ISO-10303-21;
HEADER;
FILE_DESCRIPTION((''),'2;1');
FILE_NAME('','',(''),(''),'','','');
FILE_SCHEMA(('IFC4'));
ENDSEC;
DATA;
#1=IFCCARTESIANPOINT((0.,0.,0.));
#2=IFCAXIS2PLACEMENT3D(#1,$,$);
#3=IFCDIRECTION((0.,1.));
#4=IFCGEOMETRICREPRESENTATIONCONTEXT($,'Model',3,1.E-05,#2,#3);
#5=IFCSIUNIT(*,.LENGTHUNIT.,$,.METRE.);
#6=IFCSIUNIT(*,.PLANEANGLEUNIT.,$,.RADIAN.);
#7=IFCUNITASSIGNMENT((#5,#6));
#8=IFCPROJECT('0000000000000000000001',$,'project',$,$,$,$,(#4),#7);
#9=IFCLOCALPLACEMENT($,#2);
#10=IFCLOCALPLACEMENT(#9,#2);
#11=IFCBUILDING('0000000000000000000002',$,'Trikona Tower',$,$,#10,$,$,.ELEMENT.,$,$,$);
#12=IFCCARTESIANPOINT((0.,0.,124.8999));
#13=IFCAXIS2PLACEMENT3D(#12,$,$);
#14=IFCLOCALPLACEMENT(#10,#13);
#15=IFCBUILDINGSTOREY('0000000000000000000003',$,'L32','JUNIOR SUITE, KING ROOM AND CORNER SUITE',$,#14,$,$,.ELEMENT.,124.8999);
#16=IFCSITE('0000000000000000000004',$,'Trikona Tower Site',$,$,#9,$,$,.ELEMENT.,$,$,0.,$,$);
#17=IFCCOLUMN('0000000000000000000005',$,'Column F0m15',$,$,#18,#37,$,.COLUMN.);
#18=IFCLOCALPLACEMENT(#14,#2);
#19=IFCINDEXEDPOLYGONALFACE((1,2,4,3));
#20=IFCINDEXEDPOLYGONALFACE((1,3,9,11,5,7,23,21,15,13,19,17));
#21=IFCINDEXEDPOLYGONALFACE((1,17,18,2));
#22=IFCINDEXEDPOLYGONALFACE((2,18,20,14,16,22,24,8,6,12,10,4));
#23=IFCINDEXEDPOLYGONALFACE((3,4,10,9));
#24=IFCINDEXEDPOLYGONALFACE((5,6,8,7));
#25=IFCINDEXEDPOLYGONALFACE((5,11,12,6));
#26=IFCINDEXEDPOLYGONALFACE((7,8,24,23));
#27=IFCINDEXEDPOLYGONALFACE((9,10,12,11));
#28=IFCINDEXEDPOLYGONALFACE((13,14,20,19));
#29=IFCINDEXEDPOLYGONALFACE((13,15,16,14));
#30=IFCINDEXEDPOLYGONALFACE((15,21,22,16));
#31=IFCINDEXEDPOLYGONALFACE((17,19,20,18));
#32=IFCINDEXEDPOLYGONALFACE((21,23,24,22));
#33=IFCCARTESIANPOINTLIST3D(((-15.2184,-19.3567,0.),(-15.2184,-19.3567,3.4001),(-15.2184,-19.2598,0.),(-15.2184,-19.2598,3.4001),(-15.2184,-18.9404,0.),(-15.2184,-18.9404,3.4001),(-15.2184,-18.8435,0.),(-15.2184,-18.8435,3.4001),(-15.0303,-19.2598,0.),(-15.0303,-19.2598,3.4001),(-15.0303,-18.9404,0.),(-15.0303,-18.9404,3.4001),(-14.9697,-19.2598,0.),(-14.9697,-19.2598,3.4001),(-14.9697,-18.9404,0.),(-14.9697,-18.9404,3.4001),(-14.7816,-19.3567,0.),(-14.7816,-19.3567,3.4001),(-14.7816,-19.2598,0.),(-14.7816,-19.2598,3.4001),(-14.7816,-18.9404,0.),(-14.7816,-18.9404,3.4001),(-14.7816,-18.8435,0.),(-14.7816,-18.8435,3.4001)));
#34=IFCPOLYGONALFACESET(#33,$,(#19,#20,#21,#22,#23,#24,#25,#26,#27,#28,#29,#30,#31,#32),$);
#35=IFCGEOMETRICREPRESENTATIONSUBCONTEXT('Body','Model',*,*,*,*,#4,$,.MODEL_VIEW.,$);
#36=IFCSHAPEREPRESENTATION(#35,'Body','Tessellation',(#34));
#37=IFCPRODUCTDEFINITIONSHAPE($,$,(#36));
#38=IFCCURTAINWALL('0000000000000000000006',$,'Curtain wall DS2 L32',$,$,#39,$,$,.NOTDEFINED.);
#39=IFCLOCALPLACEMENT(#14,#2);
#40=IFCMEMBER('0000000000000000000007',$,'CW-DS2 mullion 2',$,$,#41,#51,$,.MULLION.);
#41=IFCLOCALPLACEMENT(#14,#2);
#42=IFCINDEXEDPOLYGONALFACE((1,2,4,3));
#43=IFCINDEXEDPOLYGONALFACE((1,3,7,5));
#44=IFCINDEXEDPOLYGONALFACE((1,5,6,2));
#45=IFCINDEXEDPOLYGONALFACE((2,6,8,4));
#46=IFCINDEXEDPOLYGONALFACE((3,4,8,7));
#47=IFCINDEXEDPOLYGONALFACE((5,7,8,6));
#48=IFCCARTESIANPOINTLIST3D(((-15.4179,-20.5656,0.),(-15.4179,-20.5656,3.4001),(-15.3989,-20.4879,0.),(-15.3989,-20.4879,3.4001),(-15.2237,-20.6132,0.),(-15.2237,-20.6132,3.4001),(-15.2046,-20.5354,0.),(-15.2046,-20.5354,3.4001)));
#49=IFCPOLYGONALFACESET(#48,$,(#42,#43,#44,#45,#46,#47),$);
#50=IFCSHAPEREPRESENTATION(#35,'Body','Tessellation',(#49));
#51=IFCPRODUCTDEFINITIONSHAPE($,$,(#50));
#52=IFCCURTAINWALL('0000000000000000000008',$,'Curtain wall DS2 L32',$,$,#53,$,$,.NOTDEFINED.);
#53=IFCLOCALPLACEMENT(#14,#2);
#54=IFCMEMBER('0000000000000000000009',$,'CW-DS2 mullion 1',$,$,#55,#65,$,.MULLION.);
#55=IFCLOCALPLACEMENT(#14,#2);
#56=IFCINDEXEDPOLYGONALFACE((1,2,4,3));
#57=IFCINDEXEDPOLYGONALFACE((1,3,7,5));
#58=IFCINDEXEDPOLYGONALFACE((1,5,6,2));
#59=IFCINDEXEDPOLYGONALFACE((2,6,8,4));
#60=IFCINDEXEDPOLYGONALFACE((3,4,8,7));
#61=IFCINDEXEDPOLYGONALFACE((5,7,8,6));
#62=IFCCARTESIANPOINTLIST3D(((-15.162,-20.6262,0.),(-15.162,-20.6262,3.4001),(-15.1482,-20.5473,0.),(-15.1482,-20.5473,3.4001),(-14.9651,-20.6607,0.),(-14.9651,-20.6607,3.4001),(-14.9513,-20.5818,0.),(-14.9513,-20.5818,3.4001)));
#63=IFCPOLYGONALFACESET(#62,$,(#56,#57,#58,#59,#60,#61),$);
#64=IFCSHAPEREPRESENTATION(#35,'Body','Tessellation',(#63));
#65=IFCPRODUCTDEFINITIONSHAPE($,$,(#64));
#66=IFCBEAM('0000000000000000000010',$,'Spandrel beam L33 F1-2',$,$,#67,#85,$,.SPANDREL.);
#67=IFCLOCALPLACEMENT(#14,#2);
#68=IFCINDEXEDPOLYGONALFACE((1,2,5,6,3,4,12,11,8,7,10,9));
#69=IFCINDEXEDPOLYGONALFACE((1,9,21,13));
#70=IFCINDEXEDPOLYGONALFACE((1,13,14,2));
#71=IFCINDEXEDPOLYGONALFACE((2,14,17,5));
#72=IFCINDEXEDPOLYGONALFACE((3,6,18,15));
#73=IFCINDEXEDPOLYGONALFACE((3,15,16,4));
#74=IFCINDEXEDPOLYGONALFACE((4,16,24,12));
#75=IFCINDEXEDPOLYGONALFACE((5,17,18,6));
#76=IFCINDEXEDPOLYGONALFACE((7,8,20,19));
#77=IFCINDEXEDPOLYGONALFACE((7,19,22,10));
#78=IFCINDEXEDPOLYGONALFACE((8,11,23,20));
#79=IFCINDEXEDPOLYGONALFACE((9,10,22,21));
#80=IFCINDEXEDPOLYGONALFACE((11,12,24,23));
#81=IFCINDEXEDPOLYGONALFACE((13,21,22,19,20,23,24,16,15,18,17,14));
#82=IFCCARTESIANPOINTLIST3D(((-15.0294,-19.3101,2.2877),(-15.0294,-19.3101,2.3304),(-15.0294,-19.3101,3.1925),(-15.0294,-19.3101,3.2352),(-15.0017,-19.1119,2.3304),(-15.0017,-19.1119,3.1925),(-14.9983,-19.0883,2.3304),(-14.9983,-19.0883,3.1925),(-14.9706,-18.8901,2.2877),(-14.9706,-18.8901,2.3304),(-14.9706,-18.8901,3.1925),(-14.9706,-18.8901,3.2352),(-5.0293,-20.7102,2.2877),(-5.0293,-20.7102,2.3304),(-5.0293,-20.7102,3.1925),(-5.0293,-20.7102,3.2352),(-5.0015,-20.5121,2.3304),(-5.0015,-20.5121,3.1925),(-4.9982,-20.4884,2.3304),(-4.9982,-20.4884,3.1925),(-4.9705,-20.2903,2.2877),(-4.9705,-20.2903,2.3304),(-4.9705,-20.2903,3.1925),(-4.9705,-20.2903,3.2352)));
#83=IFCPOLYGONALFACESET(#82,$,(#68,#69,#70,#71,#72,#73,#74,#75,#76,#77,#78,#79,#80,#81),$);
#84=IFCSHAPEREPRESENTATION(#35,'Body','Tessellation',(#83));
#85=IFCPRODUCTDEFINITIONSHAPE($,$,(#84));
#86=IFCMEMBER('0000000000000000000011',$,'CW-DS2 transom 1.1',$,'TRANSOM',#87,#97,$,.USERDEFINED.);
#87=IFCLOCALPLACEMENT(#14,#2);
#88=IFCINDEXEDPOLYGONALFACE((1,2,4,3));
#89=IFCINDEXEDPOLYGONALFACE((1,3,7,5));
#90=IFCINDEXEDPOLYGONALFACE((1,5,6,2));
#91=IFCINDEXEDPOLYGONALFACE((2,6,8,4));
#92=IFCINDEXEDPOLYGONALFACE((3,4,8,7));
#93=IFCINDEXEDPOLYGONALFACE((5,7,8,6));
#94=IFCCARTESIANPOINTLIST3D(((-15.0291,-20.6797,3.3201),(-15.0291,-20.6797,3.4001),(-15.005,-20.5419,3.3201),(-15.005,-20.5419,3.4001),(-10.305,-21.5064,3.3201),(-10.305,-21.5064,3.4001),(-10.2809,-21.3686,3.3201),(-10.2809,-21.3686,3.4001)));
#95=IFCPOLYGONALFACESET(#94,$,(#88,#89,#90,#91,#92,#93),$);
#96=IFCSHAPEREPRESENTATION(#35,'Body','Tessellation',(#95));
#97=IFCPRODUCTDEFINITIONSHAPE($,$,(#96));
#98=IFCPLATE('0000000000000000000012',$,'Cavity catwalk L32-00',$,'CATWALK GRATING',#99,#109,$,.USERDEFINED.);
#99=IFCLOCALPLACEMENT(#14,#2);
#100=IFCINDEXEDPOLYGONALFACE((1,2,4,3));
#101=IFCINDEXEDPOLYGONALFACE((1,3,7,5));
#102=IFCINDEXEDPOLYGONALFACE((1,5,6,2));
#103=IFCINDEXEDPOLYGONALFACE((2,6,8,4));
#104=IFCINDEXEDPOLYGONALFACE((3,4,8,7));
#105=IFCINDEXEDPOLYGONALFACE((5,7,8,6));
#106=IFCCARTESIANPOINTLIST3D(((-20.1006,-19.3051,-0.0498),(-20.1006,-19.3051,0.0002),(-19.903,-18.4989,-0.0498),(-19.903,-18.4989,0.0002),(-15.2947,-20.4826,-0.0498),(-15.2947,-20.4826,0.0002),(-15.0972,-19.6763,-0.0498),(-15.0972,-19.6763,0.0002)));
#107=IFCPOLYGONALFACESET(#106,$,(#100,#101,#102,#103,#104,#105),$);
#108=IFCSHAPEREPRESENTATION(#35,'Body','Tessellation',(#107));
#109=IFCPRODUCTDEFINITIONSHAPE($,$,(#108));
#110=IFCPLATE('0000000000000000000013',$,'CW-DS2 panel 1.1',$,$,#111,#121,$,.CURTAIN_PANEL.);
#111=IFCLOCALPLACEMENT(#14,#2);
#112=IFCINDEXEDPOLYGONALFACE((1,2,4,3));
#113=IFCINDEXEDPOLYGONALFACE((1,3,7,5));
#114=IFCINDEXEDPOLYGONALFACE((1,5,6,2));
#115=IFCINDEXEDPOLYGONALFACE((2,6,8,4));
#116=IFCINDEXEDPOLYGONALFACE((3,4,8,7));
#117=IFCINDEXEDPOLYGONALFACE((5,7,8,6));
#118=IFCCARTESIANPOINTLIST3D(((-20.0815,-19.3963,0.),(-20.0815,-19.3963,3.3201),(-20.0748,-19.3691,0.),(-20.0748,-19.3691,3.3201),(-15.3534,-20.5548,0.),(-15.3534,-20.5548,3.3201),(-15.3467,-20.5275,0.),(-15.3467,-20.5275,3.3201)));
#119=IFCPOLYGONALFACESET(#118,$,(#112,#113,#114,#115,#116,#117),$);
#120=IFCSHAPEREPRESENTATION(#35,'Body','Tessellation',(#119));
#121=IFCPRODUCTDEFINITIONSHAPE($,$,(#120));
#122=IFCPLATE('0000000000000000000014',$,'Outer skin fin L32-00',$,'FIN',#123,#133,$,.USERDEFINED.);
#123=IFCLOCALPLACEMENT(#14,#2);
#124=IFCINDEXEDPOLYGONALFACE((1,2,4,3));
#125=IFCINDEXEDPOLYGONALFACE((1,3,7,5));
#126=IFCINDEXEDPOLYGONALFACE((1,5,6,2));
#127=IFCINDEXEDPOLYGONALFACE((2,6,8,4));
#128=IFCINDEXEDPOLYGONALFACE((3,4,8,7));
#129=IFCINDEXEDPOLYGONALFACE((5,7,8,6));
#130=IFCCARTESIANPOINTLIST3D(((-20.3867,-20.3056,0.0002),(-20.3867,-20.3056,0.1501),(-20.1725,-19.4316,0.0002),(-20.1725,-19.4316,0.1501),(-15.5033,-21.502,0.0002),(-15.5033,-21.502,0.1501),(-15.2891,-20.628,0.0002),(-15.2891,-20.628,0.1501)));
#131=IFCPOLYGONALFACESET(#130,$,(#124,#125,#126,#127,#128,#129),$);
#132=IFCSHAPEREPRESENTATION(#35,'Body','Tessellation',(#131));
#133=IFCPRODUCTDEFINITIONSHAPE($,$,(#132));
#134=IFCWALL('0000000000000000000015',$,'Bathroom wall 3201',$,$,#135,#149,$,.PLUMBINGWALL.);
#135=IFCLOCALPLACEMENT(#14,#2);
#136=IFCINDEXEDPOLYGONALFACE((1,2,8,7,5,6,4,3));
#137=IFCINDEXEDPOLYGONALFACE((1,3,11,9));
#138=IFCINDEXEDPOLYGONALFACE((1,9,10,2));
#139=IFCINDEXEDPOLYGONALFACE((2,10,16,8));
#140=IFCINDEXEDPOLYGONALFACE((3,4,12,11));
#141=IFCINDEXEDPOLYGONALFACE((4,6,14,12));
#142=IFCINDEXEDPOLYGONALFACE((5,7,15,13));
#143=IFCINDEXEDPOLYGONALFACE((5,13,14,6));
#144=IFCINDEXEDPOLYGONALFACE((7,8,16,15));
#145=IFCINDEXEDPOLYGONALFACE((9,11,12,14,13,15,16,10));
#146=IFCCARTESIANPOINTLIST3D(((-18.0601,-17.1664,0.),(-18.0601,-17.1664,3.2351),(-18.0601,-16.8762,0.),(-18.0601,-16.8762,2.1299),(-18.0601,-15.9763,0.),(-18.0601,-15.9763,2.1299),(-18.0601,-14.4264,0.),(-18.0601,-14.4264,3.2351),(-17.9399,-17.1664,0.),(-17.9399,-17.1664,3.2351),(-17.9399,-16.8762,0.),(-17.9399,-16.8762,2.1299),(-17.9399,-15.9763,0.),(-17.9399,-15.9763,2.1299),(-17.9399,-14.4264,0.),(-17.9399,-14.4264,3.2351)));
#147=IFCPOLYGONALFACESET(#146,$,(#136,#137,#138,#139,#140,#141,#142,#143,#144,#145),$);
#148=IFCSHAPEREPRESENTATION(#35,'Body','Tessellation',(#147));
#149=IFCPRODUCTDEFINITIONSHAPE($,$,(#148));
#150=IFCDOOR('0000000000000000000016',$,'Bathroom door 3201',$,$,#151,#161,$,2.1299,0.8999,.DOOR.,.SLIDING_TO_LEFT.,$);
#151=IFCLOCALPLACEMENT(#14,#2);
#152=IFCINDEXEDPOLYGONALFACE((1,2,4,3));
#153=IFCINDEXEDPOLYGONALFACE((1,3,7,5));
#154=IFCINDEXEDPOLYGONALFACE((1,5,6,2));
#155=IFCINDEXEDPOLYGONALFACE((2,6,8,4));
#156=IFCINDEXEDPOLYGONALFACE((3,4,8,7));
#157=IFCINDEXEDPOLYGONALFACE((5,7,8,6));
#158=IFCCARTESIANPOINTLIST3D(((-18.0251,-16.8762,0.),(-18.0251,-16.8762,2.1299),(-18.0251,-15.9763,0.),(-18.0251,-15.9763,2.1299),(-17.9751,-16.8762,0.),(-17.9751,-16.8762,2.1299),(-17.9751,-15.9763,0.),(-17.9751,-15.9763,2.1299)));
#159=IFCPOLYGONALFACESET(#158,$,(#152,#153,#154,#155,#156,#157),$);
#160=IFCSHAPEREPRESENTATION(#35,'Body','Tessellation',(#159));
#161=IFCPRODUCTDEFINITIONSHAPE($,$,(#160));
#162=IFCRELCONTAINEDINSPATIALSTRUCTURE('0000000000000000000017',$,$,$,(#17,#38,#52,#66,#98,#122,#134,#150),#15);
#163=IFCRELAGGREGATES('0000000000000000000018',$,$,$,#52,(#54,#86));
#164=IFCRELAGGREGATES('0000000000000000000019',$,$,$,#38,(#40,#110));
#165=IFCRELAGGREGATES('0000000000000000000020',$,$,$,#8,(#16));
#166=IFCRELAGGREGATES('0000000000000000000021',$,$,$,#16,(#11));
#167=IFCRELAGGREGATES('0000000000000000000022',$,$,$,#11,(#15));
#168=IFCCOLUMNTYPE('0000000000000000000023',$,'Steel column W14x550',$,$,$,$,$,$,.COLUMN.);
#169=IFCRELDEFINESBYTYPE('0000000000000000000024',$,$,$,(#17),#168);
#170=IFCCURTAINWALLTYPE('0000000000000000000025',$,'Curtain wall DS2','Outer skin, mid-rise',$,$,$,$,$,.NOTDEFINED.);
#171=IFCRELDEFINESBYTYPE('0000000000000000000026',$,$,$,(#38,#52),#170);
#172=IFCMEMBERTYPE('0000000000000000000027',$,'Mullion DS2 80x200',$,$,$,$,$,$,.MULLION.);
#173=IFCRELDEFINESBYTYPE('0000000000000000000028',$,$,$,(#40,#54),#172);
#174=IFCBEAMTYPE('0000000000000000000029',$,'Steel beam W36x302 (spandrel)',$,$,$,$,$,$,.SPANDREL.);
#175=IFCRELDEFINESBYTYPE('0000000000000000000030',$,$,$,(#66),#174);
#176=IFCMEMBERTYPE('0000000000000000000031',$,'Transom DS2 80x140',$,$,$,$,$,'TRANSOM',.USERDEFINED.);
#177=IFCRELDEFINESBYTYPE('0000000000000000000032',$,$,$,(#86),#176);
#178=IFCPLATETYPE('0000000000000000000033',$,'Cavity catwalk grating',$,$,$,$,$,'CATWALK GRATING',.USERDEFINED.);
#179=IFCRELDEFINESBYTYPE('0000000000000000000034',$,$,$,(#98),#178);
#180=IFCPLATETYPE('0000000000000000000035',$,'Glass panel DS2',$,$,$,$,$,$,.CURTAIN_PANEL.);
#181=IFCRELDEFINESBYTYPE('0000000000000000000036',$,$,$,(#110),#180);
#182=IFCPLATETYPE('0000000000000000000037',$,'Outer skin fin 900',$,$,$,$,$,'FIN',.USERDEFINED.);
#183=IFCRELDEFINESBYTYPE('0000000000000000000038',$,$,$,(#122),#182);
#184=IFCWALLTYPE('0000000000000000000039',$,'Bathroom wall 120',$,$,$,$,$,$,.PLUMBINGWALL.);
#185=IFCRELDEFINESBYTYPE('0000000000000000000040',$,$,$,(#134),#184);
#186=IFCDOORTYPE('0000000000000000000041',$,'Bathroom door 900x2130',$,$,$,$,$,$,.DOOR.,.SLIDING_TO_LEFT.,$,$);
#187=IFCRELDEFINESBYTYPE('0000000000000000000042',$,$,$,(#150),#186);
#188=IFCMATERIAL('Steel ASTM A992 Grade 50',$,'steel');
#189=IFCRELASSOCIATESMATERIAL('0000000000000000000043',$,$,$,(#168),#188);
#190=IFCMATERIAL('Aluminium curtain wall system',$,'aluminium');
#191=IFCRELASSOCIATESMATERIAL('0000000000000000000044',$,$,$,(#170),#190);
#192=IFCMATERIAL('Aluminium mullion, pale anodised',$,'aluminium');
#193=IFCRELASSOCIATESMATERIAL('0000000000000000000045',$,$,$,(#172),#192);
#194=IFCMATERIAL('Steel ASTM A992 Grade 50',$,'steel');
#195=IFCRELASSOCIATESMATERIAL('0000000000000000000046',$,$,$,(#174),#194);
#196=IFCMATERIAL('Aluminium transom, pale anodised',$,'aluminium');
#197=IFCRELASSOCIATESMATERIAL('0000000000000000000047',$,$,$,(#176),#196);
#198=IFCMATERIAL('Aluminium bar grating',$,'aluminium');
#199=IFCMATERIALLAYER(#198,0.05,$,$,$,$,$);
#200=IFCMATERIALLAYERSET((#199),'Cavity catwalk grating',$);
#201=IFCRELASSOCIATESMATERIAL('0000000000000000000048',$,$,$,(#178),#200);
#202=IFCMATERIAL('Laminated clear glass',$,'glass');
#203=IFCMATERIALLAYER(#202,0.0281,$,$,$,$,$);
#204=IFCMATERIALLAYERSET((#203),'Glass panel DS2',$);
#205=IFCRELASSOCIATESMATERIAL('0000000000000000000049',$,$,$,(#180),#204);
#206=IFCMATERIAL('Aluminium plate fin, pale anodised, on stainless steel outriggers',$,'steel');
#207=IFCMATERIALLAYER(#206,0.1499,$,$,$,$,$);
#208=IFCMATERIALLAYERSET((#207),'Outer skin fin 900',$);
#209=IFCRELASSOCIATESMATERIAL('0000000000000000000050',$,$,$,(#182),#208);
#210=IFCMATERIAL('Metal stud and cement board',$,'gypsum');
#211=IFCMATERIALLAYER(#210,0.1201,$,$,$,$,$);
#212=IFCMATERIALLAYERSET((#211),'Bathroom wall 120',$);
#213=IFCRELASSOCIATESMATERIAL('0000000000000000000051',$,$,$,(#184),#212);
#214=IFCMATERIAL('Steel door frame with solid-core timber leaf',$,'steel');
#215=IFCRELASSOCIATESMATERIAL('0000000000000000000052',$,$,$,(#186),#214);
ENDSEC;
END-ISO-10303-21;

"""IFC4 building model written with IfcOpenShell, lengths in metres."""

from ifc_helpers import new_model, si_unit, direction, frame, frame_2d, origin, origin_2d, place, context, subcontext, project, spatial, rectangle, i_section, extrude, material, layer, layer_set, material_profile, profile_set, type_object, element, fill, aggregate, save


model = new_model("IFC4")

# Units and contexts
model_context = context("Model", 3, precision=1e-05, world=origin(), true_north=direction((0.0, 1.0)))
body_context = subcontext(model_context, "Body", "Model", "MODEL_VIEW")
ifc_project = project(units=[si_unit("LENGTHUNIT", "METRE"), si_unit("PLANEANGLEUNIT", "RADIAN")], contexts=[model_context])

# Site, building, storey
site_placement = place(None, origin())
site = spatial("IfcSite", under=ifc_project, at=site_placement, Name="Trikona Tower Site", CompositionType="ELEMENT", RefElevation=0.0)
building_placement = place(site_placement, origin())
building = spatial("IfcBuilding", under=site, at=building_placement, Name="Trikona Tower", CompositionType="ELEMENT")
storey_placement = place(building_placement, frame((0.0, 0.0, 124.8999)))
storey = spatial("IfcBuildingStorey", under=building, at=storey_placement, Name="L32", Description="JUNIOR SUITE, KING ROOM AND CORNER SUITE", CompositionType="ELEMENT", Elevation=124.8999)

# Column
ifc_material_1 = material(Name="Steel ASTM A992 Grade 50", Category="steel")
ifc_material_profile_1 = material_profile(ifc_material_1, i_section(OverallWidth=0.4368, OverallDepth=0.5132, WebThickness=0.0605, FlangeThickness=0.0969, at=origin_2d()), Name="W14X550")
ifc_profile_set_1 = profile_set([ifc_material_profile_1], Name="Steel ASTM A992 Grade 50")
column_type = type_object("IfcColumnType", Name="Steel column W14x550", PredefinedType="COLUMN", material=ifc_profile_set_1)
column_placement = place(storey_placement, frame((-15.0, -19.1001, 0.0), z_axis=(0.0, 0.0, 1.0), x_axis=(1.0, 0.0, 0.0)))
element("IfcColumn", 1, at=column_placement, inside=storey, type_object=column_type, Name="Column F0m15", PredefinedType="COLUMN", context=body_context, shape_type="SweptSolid", body=[
    extrude(i_section(OverallWidth=0.4368, OverallDepth=0.5132, WebThickness=0.0605, FlangeThickness=0.0969, at=origin_2d()), origin(), (0.0, 0.0, 1.0), 3.4001),
])

# Curtain walls, members
ifc_material_2 = material(Name="Aluminium curtain wall system", Category="aluminium")
curtain_wall_type = type_object("IfcCurtainWallType", Name="Curtain wall DS2", Description="Outer skin, mid-rise", PredefinedType="NOTDEFINED", material=ifc_material_2)
curtain_wall_1_placement = place(storey_placement, origin())
curtain_wall_1 = element("IfcCurtainWall", 2, at=curtain_wall_1_placement, inside=storey, type_object=curtain_wall_type, Name="Curtain wall DS2 L32", PredefinedType="NOTDEFINED")
ifc_material_3 = material(Name="Aluminium mullion, pale anodised", Category="aluminium")
ifc_material_profile_2 = material_profile(ifc_material_3, rectangle(XDim=0.0801, YDim=0.2, at=origin_2d()), Name="MUL-DS2")
ifc_profile_set_2 = profile_set([ifc_material_profile_2], Name="Aluminium mullion, pale anodised")
member_type_1 = type_object("IfcMemberType", Name="Mullion DS2 80x200", PredefinedType="MULLION", material=ifc_profile_set_2)
member_1_placement = place(storey_placement, frame((-15.3113, -20.5505, 0.0), z_axis=(0.0, 0.0, 1.0), x_axis=(0.23797, 0.971272, 0.0)))
member_1 = element("IfcMember", 3, at=member_1_placement, type_object=member_type_1, Name="CW-DS2 mullion 2", PredefinedType="MULLION", context=body_context, shape_type="SweptSolid", body=[
    extrude(rectangle(XDim=0.0801, YDim=0.2, at=origin_2d()), origin(), (0.0, 0.0, 1.0), 3.4001),
])
curtain_wall_2_placement = place(storey_placement, origin())
curtain_wall_2 = element("IfcCurtainWall", 4, at=curtain_wall_2_placement, inside=storey, type_object=curtain_wall_type, Name="Curtain wall DS2 L32", PredefinedType="NOTDEFINED")
member_2_placement = place(storey_placement, frame((-15.0566, -20.604, 0.0), z_axis=(0.0, 0.0, 1.0), x_axis=(0.172377, 0.985031, 0.0)))
member_2 = element("IfcMember", 5, at=member_2_placement, type_object=member_type_1, Name="CW-DS2 mullion 1", PredefinedType="MULLION", context=body_context, shape_type="SweptSolid", body=[
    extrude(rectangle(XDim=0.0801, YDim=0.2, at=origin_2d()), origin(), (0.0, 0.0, 1.0), 3.4001),
])

# Beam
ifc_material_4 = material(Name="Steel ASTM A992 Grade 50", Category="steel")
ifc_material_profile_3 = material_profile(ifc_material_4, i_section(OverallWidth=0.4241, OverallDepth=0.9475, WebThickness=0.0239, FlangeThickness=0.0427, at=origin_2d()), Name="W36X302")
ifc_profile_set_3 = profile_set([ifc_material_profile_3], Name="Steel ASTM A992 Grade 50")
beam_type = type_object("IfcBeamType", Name="Steel beam W36x302 (spandrel)", PredefinedType="SPANDREL", material=ifc_profile_set_3)
beam_placement = place(storey_placement, frame((-15.0, -19.1001, 2.7615), z_axis=(0.99034, -0.138662, 0.0), x_axis=(0.138662, 0.99034, 0.0)))
element("IfcBeam", 6, at=beam_placement, inside=storey, type_object=beam_type, Name="Spandrel beam L33 F1-2", PredefinedType="SPANDREL", context=body_context, shape_type="SweptSolid", body=[
    extrude(i_section(OverallWidth=0.4241, OverallDepth=0.9475, WebThickness=0.0239, FlangeThickness=0.0427, at=origin_2d()), origin(), (0.0, 0.0, 1.0), 10.0977),
])

# Member
ifc_material_5 = material(Name="Aluminium transom, pale anodised", Category="aluminium")
ifc_material_profile_4 = material_profile(ifc_material_5, rectangle(XDim=0.1399, YDim=0.0801, at=origin_2d()), Name="TRN-DS2")
ifc_profile_set_4 = profile_set([ifc_material_profile_4], Name="Aluminium transom, pale anodised")
member_type_2 = type_object("IfcMemberType", Name="Transom DS2 80x140", ElementType="TRANSOM", PredefinedType="USERDEFINED", material=ifc_profile_set_4)
member_3_placement = place(storey_placement, frame((-15.0171, -20.6108, 3.3601), z_axis=(0.985033, -0.172368, 0.0), x_axis=(0.172368, 0.985033, 0.0)))
member_3 = element("IfcMember", 7, at=member_3_placement, type_object=member_type_2, Name="CW-DS2 transom 1.1", ObjectType="TRANSOM", PredefinedType="USERDEFINED", context=body_context, shape_type="SweptSolid", body=[
    extrude(rectangle(XDim=0.1399, YDim=0.0801, at=origin_2d()), origin(), (0.0, 0.0, 1.0), 4.7959),
])
aggregate(curtain_wall_2, [member_2, member_3])

# Plates
ifc_material_6 = material(Name="Aluminium bar grating", Category="aluminium")
ifc_layer_1 = layer(ifc_material_6, 0.05)
ifc_layer_set_1 = layer_set([ifc_layer_1], Name="Cavity catwalk grating")
plate_type_1 = type_object("IfcPlateType", Name="Cavity catwalk grating", ElementType="CATWALK GRATING", PredefinedType="USERDEFINED", material=ifc_layer_set_1)
plate_1_placement = place(storey_placement, frame((-17.5989, -19.4907, -0.0498), z_axis=(0.0, 0.0, 1.0), x_axis=(0.971274, -0.237962, 0.0)))
element("IfcPlate", 8, at=plate_1_placement, inside=storey, type_object=plate_type_1, Name="Cavity catwalk L32-00", ObjectType="CATWALK GRATING", PredefinedType="USERDEFINED", context=body_context, shape_type="SweptSolid", body=[
    extrude(rectangle(XDim=4.948, YDim=0.8301, at=origin_2d()), origin(), (0.0, 0.0, 1.0), 0.05),
])
ifc_material_7 = material(Name="Laminated clear glass", Category="glass")
ifc_layer_2 = layer(ifc_material_7, 0.0281)
ifc_layer_set_2 = layer_set([ifc_layer_2], Name="Glass panel DS2")
plate_type_2 = type_object("IfcPlateType", Name="Glass panel DS2", PredefinedType="CURTAIN_PANEL", material=ifc_layer_set_2)
plate_2_placement = place(storey_placement, frame((-17.7141, -19.9619, 0.0), z_axis=(0.0, 0.0, 1.0), x_axis=(0.971272, -0.23797, 0.0)))
plate_2 = element("IfcPlate", 9, at=plate_2_placement, type_object=plate_type_2, Name="CW-DS2 panel 1.1", PredefinedType="CURTAIN_PANEL", context=body_context, shape_type="SweptSolid", body=[
    extrude(rectangle(XDim=4.8679, YDim=0.0281, at=origin_2d()), origin(), (0.0, 0.0, 1.0), 3.3201),
])
aggregate(curtain_wall_1, [member_1, plate_2])
ifc_material_8 = material(Name="Aluminium plate fin, pale anodised, on stainless steel outriggers", Category="steel")
ifc_layer_3 = layer(ifc_material_8, 0.1499)
ifc_layer_set_3 = layer_set([ifc_layer_3], Name="Outer skin fin 900")
plate_type_3 = type_object("IfcPlateType", Name="Outer skin fin 900", ElementType="FIN", PredefinedType="USERDEFINED", material=ifc_layer_set_3)
plate_3_placement = place(storey_placement, frame((-17.8379, -20.4668, 0.0002), z_axis=(0.0, 0.0, 1.0), x_axis=(0.971274, -0.237962, 0.0)))
element("IfcPlate", 10, at=plate_3_placement, inside=storey, type_object=plate_type_3, Name="Outer skin fin L32-00", ObjectType="FIN", PredefinedType="USERDEFINED", context=body_context, shape_type="SweptSolid", body=[
    extrude(rectangle(XDim=5.0278, YDim=0.8999, at=origin_2d()), origin(), (0.0, 0.0, 1.0), 0.1499),
])

# Wall, opening, door
ifc_material_9 = material(Name="Metal stud and cement board", Category="gypsum")
ifc_layer_4 = layer(ifc_material_9, 0.1201)
ifc_layer_set_4 = layer_set([ifc_layer_4], Name="Bathroom wall 120")
wall_type_1 = type_object("IfcWallType", Name="Bathroom wall 120", PredefinedType="PLUMBINGWALL", material=ifc_layer_set_4)
wall_1_placement = place(storey_placement, frame((-18.0, -14.4263, 0.0), z_axis=(0.0, 0.0, 1.0), x_axis=(0.0, -1.0, 0.0)))
wall_1 = element("IfcWall", 11, at=wall_1_placement, inside=storey, type_object=wall_type_1, Name="Bathroom wall 3201", PredefinedType="PLUMBINGWALL", context=body_context, shape_type="SweptSolid", body=[
    extrude(rectangle(XDim=2.74, YDim=0.1201, at=frame_2d((1.3701, 0.0))), origin(), (0.0, 0.0, 1.0), 3.2351),
])
opening_1_placement = place(wall_1_placement, frame((1.55, 0.0, 0.0)))
opening_1 = element("IfcOpeningElement", 12, at=opening_1_placement, cuts=wall_1, PredefinedType="OPENING", context=body_context, shape_type="SweptSolid", body=[
    extrude(rectangle(XDim=0.8999, YDim=2.1299, at=frame_2d((0.45, 1.0649))), frame((0.0, 0.0701, 0.0), z_axis=(0.0, -1.0, 0.0), x_axis=(1.0, 0.0, 0.0)), (0.0, 0.0, 1.0), 0.1401),
])
ifc_material_10 = material(Name="Steel door frame with solid-core timber leaf", Category="steel")
door_type = type_object("IfcDoorType", Name="Bathroom door 900x2130", OperationType="SLIDING_TO_LEFT", PredefinedType="DOOR", material=ifc_material_10)
door_placement = place(opening_1_placement, origin())
door = element("IfcDoor", 13, at=door_placement, inside=storey, type_object=door_type, Name="Bathroom door 3201", OperationType="SLIDING_TO_LEFT", OverallHeight=2.1299, OverallWidth=0.8999, PredefinedType="DOOR", context=body_context, shape_type="SweptSolid", body=[
    extrude(rectangle(XDim=0.8999, YDim=2.1299, at=frame_2d((0.45, 1.0649))), frame((0.0, 0.0249, 0.0), z_axis=(0.0, -1.0, 0.0), x_axis=(1.0, 0.0, 0.0)), (0.0, 0.0, 1.0), 0.05),
])
fill(opening_1, door)

save(model, "model.ifc")
